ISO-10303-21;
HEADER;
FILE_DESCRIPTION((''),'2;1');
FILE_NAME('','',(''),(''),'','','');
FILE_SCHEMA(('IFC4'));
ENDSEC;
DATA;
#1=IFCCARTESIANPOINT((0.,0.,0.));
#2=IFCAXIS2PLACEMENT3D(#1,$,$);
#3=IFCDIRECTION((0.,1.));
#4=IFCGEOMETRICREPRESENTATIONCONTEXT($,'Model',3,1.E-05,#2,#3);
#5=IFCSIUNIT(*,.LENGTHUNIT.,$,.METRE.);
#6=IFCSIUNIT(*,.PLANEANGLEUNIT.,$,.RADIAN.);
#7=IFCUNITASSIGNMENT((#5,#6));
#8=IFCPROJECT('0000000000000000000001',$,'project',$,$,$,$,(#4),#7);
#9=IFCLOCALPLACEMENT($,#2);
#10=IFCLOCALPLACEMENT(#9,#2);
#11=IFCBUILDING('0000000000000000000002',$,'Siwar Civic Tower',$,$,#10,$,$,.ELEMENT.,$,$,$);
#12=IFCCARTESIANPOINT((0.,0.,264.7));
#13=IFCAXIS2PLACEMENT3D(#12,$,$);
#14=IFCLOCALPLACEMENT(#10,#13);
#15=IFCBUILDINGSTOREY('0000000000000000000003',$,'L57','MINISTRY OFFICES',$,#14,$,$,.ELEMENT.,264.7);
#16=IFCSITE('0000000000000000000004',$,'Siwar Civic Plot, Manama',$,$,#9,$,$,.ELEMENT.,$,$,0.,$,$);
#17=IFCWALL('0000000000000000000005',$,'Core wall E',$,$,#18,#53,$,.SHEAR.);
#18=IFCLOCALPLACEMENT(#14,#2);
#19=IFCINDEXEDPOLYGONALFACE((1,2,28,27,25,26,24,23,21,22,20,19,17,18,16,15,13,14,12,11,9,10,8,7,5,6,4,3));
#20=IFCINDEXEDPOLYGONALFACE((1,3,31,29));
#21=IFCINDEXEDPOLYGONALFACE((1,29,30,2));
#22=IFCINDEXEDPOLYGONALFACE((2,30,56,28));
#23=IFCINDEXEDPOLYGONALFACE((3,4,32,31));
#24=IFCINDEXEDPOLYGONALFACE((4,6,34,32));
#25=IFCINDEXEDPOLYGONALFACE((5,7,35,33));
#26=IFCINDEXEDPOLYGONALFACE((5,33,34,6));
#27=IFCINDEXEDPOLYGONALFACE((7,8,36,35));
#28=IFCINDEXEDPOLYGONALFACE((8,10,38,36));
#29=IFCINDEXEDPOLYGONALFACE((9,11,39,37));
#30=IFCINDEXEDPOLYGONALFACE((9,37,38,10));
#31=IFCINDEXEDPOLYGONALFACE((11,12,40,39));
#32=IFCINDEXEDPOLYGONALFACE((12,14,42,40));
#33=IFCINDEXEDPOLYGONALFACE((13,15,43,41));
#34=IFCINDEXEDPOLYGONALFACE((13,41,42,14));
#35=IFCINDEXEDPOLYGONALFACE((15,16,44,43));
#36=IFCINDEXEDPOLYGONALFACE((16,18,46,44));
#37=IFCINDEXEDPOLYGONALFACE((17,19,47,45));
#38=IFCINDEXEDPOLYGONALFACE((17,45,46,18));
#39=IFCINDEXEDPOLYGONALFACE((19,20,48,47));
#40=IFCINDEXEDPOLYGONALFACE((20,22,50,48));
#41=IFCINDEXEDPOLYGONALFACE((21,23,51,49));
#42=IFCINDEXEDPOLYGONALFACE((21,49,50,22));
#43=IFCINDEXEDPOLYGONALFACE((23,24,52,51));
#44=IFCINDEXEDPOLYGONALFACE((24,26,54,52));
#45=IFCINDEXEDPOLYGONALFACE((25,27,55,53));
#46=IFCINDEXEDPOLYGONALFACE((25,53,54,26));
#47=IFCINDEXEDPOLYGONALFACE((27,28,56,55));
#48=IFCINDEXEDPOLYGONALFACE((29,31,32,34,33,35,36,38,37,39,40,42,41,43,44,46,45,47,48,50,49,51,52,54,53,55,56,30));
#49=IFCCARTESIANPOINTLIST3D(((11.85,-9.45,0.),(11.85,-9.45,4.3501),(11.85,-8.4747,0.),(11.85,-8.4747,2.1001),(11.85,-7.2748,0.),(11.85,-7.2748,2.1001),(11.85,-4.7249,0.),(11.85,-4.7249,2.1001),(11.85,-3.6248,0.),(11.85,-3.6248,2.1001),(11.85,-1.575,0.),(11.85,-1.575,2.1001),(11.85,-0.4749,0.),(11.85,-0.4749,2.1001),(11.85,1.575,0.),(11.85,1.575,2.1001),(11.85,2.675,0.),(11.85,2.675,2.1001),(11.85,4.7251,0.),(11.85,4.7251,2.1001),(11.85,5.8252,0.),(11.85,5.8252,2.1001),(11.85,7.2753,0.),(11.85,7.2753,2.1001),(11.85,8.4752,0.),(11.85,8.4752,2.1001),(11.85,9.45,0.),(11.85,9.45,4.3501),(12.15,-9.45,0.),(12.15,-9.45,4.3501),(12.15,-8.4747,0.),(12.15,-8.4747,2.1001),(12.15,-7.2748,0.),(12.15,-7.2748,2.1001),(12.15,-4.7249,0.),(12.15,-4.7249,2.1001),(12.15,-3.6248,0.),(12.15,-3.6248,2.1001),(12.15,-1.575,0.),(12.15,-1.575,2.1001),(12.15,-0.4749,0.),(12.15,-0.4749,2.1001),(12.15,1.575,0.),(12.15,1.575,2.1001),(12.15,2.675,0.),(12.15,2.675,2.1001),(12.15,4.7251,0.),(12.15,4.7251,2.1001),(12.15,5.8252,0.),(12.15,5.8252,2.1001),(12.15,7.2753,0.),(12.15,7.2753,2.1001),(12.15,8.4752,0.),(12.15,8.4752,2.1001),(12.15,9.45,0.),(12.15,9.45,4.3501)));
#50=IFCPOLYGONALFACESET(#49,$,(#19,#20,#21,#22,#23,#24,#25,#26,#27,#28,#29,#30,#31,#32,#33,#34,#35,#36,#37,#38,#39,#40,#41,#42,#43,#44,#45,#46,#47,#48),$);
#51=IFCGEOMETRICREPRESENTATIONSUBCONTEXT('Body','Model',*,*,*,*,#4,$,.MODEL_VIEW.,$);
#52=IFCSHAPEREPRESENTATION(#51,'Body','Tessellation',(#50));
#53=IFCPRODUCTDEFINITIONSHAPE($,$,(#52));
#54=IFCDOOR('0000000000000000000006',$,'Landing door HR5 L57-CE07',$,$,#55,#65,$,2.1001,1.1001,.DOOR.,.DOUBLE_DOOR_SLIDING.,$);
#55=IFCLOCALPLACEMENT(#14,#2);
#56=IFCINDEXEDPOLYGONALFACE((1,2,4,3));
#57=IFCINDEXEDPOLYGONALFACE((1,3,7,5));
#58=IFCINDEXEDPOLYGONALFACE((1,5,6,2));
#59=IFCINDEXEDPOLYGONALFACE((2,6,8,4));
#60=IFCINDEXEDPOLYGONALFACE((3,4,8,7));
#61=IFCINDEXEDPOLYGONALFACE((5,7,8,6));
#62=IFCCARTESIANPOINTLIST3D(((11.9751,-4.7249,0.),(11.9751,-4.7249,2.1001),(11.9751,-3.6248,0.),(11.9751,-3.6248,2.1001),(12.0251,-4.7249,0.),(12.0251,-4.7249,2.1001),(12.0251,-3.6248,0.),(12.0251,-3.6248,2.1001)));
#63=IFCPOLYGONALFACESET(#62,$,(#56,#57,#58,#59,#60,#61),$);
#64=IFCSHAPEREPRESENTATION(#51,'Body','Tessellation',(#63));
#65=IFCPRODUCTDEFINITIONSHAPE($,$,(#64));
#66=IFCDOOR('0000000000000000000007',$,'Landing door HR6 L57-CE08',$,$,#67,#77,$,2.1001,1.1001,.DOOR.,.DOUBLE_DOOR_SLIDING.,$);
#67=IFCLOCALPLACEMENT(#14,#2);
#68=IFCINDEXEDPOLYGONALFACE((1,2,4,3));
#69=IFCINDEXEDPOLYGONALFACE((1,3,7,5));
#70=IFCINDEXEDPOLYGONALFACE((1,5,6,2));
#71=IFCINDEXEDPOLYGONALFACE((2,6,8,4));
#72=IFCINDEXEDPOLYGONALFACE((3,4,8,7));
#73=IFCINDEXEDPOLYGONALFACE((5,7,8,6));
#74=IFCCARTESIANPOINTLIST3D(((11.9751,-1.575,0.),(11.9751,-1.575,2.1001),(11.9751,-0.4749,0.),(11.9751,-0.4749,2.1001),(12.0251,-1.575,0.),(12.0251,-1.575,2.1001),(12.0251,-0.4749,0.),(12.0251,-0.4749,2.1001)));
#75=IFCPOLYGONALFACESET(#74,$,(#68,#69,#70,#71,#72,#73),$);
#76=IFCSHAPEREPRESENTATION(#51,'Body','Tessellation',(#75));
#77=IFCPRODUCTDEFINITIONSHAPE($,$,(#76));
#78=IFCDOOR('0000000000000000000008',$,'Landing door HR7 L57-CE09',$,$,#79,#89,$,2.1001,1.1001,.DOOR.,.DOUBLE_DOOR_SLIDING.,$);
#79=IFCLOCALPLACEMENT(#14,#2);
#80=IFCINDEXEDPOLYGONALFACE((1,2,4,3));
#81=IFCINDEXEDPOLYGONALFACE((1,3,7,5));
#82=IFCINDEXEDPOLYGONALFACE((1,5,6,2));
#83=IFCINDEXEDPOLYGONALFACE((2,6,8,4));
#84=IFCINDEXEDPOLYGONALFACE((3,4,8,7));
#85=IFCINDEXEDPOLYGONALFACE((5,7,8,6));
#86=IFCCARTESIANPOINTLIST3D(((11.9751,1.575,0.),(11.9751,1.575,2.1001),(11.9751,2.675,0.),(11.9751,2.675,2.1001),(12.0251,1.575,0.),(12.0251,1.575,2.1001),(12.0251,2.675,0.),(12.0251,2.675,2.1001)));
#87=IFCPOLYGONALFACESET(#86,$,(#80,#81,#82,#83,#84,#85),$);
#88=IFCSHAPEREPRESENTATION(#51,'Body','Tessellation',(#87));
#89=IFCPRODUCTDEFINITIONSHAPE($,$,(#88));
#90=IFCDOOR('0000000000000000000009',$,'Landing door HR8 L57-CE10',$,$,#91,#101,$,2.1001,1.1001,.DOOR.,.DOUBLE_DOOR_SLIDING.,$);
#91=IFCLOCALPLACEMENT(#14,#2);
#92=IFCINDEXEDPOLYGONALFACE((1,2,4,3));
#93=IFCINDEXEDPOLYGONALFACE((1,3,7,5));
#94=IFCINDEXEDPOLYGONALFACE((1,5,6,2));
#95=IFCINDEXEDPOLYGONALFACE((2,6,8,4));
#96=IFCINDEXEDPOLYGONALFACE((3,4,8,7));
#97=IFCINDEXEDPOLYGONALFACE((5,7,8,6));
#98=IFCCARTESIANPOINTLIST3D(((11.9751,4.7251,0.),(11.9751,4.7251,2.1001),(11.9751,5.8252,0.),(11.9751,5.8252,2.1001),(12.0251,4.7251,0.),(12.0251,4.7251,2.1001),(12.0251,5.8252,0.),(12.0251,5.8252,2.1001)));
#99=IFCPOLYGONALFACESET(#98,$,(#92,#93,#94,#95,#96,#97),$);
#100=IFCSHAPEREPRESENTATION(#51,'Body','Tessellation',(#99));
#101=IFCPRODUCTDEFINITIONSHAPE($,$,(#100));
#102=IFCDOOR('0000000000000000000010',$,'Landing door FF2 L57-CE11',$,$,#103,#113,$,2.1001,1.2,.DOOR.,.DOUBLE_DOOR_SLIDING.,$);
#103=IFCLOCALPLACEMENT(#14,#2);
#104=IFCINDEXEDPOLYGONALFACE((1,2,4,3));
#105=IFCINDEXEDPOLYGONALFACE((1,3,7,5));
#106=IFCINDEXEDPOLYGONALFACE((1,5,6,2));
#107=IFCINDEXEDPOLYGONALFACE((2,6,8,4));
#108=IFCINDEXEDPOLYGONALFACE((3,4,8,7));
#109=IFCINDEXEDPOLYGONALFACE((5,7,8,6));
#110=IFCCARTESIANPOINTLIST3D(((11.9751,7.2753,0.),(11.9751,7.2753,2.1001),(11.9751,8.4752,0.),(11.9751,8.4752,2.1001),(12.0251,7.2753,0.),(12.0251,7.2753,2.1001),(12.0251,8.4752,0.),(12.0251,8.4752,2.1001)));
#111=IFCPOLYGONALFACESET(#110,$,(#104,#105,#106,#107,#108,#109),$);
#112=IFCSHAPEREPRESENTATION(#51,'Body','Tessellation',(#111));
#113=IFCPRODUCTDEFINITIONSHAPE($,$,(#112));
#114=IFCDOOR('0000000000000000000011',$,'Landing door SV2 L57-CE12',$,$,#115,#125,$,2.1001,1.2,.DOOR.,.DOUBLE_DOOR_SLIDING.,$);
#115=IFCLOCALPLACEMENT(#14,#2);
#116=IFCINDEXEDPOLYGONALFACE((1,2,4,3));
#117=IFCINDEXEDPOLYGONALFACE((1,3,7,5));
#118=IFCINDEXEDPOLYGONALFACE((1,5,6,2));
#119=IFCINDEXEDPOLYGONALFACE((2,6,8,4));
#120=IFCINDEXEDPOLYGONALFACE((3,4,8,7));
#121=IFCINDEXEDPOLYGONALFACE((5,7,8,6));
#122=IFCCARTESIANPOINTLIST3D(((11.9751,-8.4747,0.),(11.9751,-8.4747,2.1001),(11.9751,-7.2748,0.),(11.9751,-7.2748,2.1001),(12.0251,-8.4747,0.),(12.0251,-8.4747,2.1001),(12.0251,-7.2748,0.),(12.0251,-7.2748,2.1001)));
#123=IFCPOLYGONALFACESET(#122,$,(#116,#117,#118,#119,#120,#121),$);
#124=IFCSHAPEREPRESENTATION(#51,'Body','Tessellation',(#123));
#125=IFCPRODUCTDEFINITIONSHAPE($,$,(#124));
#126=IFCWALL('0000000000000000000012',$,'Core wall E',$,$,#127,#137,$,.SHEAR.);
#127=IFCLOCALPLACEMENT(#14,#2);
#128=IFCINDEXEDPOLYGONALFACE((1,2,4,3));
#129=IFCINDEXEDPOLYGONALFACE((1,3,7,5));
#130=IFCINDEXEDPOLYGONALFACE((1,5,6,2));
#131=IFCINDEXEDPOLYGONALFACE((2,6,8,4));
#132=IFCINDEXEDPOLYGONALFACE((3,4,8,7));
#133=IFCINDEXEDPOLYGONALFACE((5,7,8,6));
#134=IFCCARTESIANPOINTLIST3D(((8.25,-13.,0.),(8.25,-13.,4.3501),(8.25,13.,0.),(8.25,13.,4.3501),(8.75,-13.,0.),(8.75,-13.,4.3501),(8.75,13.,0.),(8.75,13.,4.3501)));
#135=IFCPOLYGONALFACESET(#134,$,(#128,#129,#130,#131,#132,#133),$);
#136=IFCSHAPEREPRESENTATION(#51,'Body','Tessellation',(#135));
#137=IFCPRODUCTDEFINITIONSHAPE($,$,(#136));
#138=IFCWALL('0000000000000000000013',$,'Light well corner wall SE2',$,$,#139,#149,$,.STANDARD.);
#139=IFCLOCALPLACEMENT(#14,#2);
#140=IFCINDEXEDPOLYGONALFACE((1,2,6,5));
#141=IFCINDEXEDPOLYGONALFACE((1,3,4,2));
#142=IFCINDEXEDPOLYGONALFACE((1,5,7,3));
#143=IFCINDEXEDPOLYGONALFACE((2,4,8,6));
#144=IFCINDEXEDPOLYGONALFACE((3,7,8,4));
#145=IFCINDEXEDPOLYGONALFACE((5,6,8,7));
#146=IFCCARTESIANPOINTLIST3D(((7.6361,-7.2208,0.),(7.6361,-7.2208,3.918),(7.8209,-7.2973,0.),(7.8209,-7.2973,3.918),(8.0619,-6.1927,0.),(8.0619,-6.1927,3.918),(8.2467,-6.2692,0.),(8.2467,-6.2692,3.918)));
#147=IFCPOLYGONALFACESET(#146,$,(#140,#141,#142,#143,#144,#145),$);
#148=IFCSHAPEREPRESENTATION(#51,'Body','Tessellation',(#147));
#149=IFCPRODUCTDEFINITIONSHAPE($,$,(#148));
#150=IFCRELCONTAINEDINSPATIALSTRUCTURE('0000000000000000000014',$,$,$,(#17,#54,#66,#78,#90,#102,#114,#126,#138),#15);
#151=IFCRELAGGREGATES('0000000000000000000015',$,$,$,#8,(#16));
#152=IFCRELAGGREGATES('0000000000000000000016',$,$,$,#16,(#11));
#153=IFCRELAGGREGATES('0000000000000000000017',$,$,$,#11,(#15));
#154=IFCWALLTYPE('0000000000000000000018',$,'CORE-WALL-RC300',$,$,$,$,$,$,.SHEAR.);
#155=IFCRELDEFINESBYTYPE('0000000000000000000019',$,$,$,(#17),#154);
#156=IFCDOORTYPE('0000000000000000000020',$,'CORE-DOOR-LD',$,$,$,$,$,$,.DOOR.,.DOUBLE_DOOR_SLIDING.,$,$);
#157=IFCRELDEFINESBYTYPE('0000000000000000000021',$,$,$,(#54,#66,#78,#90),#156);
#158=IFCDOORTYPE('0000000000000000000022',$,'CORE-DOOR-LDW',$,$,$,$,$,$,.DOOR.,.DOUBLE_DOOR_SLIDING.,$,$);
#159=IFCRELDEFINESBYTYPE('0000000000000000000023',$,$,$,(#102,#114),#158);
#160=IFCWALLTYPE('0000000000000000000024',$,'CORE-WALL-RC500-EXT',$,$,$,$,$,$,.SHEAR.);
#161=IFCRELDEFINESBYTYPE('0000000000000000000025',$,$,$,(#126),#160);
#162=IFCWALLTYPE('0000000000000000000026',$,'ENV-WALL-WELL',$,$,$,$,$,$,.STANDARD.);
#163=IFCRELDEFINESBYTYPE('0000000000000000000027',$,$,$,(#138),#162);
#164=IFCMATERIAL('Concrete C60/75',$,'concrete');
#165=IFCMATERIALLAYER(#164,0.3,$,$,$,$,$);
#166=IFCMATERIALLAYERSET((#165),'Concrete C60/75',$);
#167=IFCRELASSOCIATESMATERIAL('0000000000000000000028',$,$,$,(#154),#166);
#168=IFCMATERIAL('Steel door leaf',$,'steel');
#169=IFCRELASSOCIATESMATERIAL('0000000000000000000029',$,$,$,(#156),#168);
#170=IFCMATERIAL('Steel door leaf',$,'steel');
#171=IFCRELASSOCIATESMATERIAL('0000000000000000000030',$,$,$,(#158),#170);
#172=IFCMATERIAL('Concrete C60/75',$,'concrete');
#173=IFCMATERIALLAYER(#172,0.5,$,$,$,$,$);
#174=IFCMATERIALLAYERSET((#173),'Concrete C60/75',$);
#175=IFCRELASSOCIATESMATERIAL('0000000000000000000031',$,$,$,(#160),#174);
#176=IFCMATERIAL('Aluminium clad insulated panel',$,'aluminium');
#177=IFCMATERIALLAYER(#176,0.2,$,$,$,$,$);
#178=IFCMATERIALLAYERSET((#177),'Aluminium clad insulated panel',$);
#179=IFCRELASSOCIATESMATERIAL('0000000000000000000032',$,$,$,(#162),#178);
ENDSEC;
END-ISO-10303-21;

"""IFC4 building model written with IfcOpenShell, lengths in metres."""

from ifc_helpers import new_model, si_unit, direction, frame, frame_2d, origin, place, context, subcontext, project, spatial, rectangle, extrude, material, layer, layer_set, type_object, element, fill, save


model = new_model("IFC4")

# Units and contexts
model_context = context("Model", 3, precision=1e-05, world=origin(), true_north=direction((0.0, 1.0)))
body_context = subcontext(model_context, "Body", "Model", "MODEL_VIEW")
ifc_project = project(units=[si_unit("LENGTHUNIT", "METRE"), si_unit("PLANEANGLEUNIT", "RADIAN")], contexts=[model_context])

# Site, building, storey
site_placement = place(None, origin())
site = spatial("IfcSite", under=ifc_project, at=site_placement, Name="Siwar Civic Plot, Manama", CompositionType="ELEMENT", RefElevation=0.0)
building_placement = place(site_placement, origin())
building = spatial("IfcBuilding", under=site, at=building_placement, Name="Siwar Civic Tower", CompositionType="ELEMENT")
storey_placement = place(building_placement, frame((0.0, 0.0, 264.7)))
storey = spatial("IfcBuildingStorey", under=building, at=storey_placement, Name="L57", Description="MINISTRY OFFICES", CompositionType="ELEMENT", Elevation=264.7)

# Wall, openings, doors
ifc_material_1 = material(Name="Concrete C60/75", Category="concrete")
ifc_layer_1 = layer(ifc_material_1, 0.3)
ifc_layer_set_1 = layer_set([ifc_layer_1], Name="Concrete C60/75")
wall_type_1 = type_object("IfcWallType", Name="CORE-WALL-RC300", PredefinedType="SHEAR", material=ifc_layer_set_1)
wall_1_placement = place(storey_placement, frame((12.0, -9.45, 0.0), z_axis=(0.0, 0.0, 1.0), x_axis=(0.0, 1.0, 0.0)))
wall_1 = element("IfcWall", 1, at=wall_1_placement, inside=storey, type_object=wall_type_1, Name="Core wall E", PredefinedType="SHEAR", context=body_context, shape_type="SweptSolid", body=[
    extrude(rectangle(XDim=18.8999, YDim=0.3, at=frame_2d((9.45, 0.0))), origin(), (0.0, 0.0, 1.0), 4.3501),
])
opening_1_placement = place(wall_1_placement, frame((4.7251, 0.0, 0.0)))
opening_1 = element("IfcOpeningElement", 2, at=opening_1_placement, cuts=wall_1, PredefinedType="OPENING", context=body_context, shape_type="SweptSolid", body=[
    extrude(rectangle(XDim=1.1001, YDim=2.1001, at=frame_2d((0.55, 1.05))), frame((0.0, 0.1602, 0.0), z_axis=(0.0, -1.0, 0.0), x_axis=(1.0, 0.0, 0.0)), (0.0, 0.0, 1.0), 0.3201),
])
opening_2_placement = place(wall_1_placement, frame((7.875, 0.0, 0.0)))
opening_2 = element("IfcOpeningElement", 3, at=opening_2_placement, cuts=wall_1, PredefinedType="OPENING", context=body_context, shape_type="SweptSolid", body=[
    extrude(rectangle(XDim=1.1001, YDim=2.1001, at=frame_2d((0.55, 1.05))), frame((0.0, 0.1602, 0.0), z_axis=(0.0, -1.0, 0.0), x_axis=(1.0, 0.0, 0.0)), (0.0, 0.0, 1.0), 0.3201),
])
opening_3_placement = place(wall_1_placement, frame((11.0249, 0.0, 0.0)))
opening_3 = element("IfcOpeningElement", 4, at=opening_3_placement, cuts=wall_1, PredefinedType="OPENING", context=body_context, shape_type="SweptSolid", body=[
    extrude(rectangle(XDim=1.1001, YDim=2.1001, at=frame_2d((0.55, 1.05))), frame((0.0, 0.1602, 0.0), z_axis=(0.0, -1.0, 0.0), x_axis=(1.0, 0.0, 0.0)), (0.0, 0.0, 1.0), 0.3201),
])
opening_4_placement = place(wall_1_placement, frame((14.175, 0.0, 0.0)))
opening_4 = element("IfcOpeningElement", 5, at=opening_4_placement, cuts=wall_1, PredefinedType="OPENING", context=body_context, shape_type="SweptSolid", body=[
    extrude(rectangle(XDim=1.1001, YDim=2.1001, at=frame_2d((0.55, 1.05))), frame((0.0, 0.1602, 0.0), z_axis=(0.0, -1.0, 0.0), x_axis=(1.0, 0.0, 0.0)), (0.0, 0.0, 1.0), 0.3201),
])
opening_5_placement = place(wall_1_placement, frame((16.7251, 0.0, 0.0)))
opening_5 = element("IfcOpeningElement", 6, at=opening_5_placement, cuts=wall_1, PredefinedType="OPENING", context=body_context, shape_type="SweptSolid", body=[
    extrude(rectangle(XDim=1.2, YDim=2.1001, at=frame_2d((0.6001, 1.05))), frame((0.0, 0.1602, 0.0), z_axis=(0.0, -1.0, 0.0), x_axis=(1.0, 0.0, 0.0)), (0.0, 0.0, 1.0), 0.3201),
])
opening_6_placement = place(wall_1_placement, frame((0.9751, 0.0, 0.0)))
opening_6 = element("IfcOpeningElement", 7, at=opening_6_placement, cuts=wall_1, PredefinedType="OPENING", context=body_context, shape_type="SweptSolid", body=[
    extrude(rectangle(XDim=1.2, YDim=2.1001, at=frame_2d((0.6001, 1.05))), frame((0.0, 0.1602, 0.0), z_axis=(0.0, -1.0, 0.0), x_axis=(1.0, 0.0, 0.0)), (0.0, 0.0, 1.0), 0.3201),
])
ifc_material_2 = material(Name="Steel door leaf", Category="steel")
door_type_1 = type_object("IfcDoorType", Name="CORE-DOOR-LD", OperationType="DOUBLE_DOOR_SLIDING", PredefinedType="DOOR", material=ifc_material_2)
door_1_placement = place(opening_1_placement, origin())
door_1 = element("IfcDoor", 8, at=door_1_placement, inside=storey, type_object=door_type_1, Name="Landing door HR5 L57-CE07", OperationType="DOUBLE_DOOR_SLIDING", OverallHeight=2.1001, OverallWidth=1.1001, PredefinedType="DOOR", context=body_context, shape_type="SweptSolid", body=[
    extrude(rectangle(XDim=1.1001, YDim=2.1001, at=frame_2d((0.55, 1.05))), frame((0.0, 0.0249, 0.0), z_axis=(0.0, -1.0, 0.0), x_axis=(1.0, 0.0, 0.0)), (0.0, 0.0, 1.0), 0.05),
])
fill(opening_1, door_1)
door_2_placement = place(opening_2_placement, origin())
door_2 = element("IfcDoor", 9, at=door_2_placement, inside=storey, type_object=door_type_1, Name="Landing door HR6 L57-CE08", OperationType="DOUBLE_DOOR_SLIDING", OverallHeight=2.1001, OverallWidth=1.1001, PredefinedType="DOOR", context=body_context, shape_type="SweptSolid", body=[
    extrude(rectangle(XDim=1.1001, YDim=2.1001, at=frame_2d((0.55, 1.05))), frame((0.0, 0.0249, 0.0), z_axis=(0.0, -1.0, 0.0), x_axis=(1.0, 0.0, 0.0)), (0.0, 0.0, 1.0), 0.05),
])
fill(opening_2, door_2)
door_3_placement = place(opening_3_placement, origin())
door_3 = element("IfcDoor", 10, at=door_3_placement, inside=storey, type_object=door_type_1, Name="Landing door HR7 L57-CE09", OperationType="DOUBLE_DOOR_SLIDING", OverallHeight=2.1001, OverallWidth=1.1001, PredefinedType="DOOR", context=body_context, shape_type="SweptSolid", body=[
    extrude(rectangle(XDim=1.1001, YDim=2.1001, at=frame_2d((0.55, 1.05))), frame((0.0, 0.0249, 0.0), z_axis=(0.0, -1.0, 0.0), x_axis=(1.0, 0.0, 0.0)), (0.0, 0.0, 1.0), 0.05),
])
fill(opening_3, door_3)
door_4_placement = place(opening_4_placement, origin())
door_4 = element("IfcDoor", 11, at=door_4_placement, inside=storey, type_object=door_type_1, Name="Landing door HR8 L57-CE10", OperationType="DOUBLE_DOOR_SLIDING", OverallHeight=2.1001, OverallWidth=1.1001, PredefinedType="DOOR", context=body_context, shape_type="SweptSolid", body=[
    extrude(rectangle(XDim=1.1001, YDim=2.1001, at=frame_2d((0.55, 1.05))), frame((0.0, 0.0249, 0.0), z_axis=(0.0, -1.0, 0.0), x_axis=(1.0, 0.0, 0.0)), (0.0, 0.0, 1.0), 0.05),
])
fill(opening_4, door_4)
ifc_material_3 = material(Name="Steel door leaf", Category="steel")
door_type_2 = type_object("IfcDoorType", Name="CORE-DOOR-LDW", OperationType="DOUBLE_DOOR_SLIDING", PredefinedType="DOOR", material=ifc_material_3)
door_5_placement = place(opening_5_placement, origin())
door_5 = element("IfcDoor", 12, at=door_5_placement, inside=storey, type_object=door_type_2, Name="Landing door FF2 L57-CE11", OperationType="DOUBLE_DOOR_SLIDING", OverallHeight=2.1001, OverallWidth=1.2, PredefinedType="DOOR", context=body_context, shape_type="SweptSolid", body=[
    extrude(rectangle(XDim=1.2, YDim=2.1001, at=frame_2d((0.6001, 1.05))), frame((0.0, 0.0249, 0.0), z_axis=(0.0, -1.0, 0.0), x_axis=(1.0, 0.0, 0.0)), (0.0, 0.0, 1.0), 0.05),
])
fill(opening_5, door_5)
door_6_placement = place(opening_6_placement, origin())
door_6 = element("IfcDoor", 13, at=door_6_placement, inside=storey, type_object=door_type_2, Name="Landing door SV2 L57-CE12", OperationType="DOUBLE_DOOR_SLIDING", OverallHeight=2.1001, OverallWidth=1.2, PredefinedType="DOOR", context=body_context, shape_type="SweptSolid", body=[
    extrude(rectangle(XDim=1.2, YDim=2.1001, at=frame_2d((0.6001, 1.05))), frame((0.0, 0.0249, 0.0), z_axis=(0.0, -1.0, 0.0), x_axis=(1.0, 0.0, 0.0)), (0.0, 0.0, 1.0), 0.05),
])
fill(opening_6, door_6)

# Walls
ifc_material_4 = material(Name="Concrete C60/75", Category="concrete")
ifc_layer_2 = layer(ifc_material_4, 0.5)
ifc_layer_set_2 = layer_set([ifc_layer_2], Name="Concrete C60/75")
wall_type_2 = type_object("IfcWallType", Name="CORE-WALL-RC500-EXT", PredefinedType="SHEAR", material=ifc_layer_set_2)
wall_2_placement = place(storey_placement, frame((8.5, -13.0, 0.0), z_axis=(0.0, 0.0, 1.0), x_axis=(0.0, 1.0, 0.0)))
element("IfcWall", 14, at=wall_2_placement, inside=storey, type_object=wall_type_2, Name="Core wall E", PredefinedType="SHEAR", context=body_context, shape_type="SweptSolid", body=[
    extrude(rectangle(XDim=26.0, YDim=0.5, at=frame_2d((13.0, 0.0))), origin(), (0.0, 0.0, 1.0), 4.3501),
])
ifc_material_5 = material(Name="Aluminium clad insulated panel", Category="aluminium")
ifc_layer_3 = layer(ifc_material_5, 0.2)
ifc_layer_set_3 = layer_set([ifc_layer_3], Name="Aluminium clad insulated panel")
wall_type_3 = type_object("IfcWallType", Name="ENV-WALL-WELL", PredefinedType="STANDARD", material=ifc_layer_set_3)
wall_3_placement = place(storey_placement, frame((7.7285, -7.259, 0.0), z_axis=(0.0, 0.0, 1.0), x_axis=(0.382636, 0.923899, 0.0)))
element("IfcWall", 15, at=wall_3_placement, inside=storey, type_object=wall_type_3, Name="Light well corner wall SE2", PredefinedType="STANDARD", context=body_context, shape_type="SweptSolid", body=[
    extrude(rectangle(XDim=1.1128, YDim=0.2, at=frame_2d((0.5564, 0.0))), origin(), (0.0, 0.0, 1.0), 3.918),
])

save(model, "model.ifc")
